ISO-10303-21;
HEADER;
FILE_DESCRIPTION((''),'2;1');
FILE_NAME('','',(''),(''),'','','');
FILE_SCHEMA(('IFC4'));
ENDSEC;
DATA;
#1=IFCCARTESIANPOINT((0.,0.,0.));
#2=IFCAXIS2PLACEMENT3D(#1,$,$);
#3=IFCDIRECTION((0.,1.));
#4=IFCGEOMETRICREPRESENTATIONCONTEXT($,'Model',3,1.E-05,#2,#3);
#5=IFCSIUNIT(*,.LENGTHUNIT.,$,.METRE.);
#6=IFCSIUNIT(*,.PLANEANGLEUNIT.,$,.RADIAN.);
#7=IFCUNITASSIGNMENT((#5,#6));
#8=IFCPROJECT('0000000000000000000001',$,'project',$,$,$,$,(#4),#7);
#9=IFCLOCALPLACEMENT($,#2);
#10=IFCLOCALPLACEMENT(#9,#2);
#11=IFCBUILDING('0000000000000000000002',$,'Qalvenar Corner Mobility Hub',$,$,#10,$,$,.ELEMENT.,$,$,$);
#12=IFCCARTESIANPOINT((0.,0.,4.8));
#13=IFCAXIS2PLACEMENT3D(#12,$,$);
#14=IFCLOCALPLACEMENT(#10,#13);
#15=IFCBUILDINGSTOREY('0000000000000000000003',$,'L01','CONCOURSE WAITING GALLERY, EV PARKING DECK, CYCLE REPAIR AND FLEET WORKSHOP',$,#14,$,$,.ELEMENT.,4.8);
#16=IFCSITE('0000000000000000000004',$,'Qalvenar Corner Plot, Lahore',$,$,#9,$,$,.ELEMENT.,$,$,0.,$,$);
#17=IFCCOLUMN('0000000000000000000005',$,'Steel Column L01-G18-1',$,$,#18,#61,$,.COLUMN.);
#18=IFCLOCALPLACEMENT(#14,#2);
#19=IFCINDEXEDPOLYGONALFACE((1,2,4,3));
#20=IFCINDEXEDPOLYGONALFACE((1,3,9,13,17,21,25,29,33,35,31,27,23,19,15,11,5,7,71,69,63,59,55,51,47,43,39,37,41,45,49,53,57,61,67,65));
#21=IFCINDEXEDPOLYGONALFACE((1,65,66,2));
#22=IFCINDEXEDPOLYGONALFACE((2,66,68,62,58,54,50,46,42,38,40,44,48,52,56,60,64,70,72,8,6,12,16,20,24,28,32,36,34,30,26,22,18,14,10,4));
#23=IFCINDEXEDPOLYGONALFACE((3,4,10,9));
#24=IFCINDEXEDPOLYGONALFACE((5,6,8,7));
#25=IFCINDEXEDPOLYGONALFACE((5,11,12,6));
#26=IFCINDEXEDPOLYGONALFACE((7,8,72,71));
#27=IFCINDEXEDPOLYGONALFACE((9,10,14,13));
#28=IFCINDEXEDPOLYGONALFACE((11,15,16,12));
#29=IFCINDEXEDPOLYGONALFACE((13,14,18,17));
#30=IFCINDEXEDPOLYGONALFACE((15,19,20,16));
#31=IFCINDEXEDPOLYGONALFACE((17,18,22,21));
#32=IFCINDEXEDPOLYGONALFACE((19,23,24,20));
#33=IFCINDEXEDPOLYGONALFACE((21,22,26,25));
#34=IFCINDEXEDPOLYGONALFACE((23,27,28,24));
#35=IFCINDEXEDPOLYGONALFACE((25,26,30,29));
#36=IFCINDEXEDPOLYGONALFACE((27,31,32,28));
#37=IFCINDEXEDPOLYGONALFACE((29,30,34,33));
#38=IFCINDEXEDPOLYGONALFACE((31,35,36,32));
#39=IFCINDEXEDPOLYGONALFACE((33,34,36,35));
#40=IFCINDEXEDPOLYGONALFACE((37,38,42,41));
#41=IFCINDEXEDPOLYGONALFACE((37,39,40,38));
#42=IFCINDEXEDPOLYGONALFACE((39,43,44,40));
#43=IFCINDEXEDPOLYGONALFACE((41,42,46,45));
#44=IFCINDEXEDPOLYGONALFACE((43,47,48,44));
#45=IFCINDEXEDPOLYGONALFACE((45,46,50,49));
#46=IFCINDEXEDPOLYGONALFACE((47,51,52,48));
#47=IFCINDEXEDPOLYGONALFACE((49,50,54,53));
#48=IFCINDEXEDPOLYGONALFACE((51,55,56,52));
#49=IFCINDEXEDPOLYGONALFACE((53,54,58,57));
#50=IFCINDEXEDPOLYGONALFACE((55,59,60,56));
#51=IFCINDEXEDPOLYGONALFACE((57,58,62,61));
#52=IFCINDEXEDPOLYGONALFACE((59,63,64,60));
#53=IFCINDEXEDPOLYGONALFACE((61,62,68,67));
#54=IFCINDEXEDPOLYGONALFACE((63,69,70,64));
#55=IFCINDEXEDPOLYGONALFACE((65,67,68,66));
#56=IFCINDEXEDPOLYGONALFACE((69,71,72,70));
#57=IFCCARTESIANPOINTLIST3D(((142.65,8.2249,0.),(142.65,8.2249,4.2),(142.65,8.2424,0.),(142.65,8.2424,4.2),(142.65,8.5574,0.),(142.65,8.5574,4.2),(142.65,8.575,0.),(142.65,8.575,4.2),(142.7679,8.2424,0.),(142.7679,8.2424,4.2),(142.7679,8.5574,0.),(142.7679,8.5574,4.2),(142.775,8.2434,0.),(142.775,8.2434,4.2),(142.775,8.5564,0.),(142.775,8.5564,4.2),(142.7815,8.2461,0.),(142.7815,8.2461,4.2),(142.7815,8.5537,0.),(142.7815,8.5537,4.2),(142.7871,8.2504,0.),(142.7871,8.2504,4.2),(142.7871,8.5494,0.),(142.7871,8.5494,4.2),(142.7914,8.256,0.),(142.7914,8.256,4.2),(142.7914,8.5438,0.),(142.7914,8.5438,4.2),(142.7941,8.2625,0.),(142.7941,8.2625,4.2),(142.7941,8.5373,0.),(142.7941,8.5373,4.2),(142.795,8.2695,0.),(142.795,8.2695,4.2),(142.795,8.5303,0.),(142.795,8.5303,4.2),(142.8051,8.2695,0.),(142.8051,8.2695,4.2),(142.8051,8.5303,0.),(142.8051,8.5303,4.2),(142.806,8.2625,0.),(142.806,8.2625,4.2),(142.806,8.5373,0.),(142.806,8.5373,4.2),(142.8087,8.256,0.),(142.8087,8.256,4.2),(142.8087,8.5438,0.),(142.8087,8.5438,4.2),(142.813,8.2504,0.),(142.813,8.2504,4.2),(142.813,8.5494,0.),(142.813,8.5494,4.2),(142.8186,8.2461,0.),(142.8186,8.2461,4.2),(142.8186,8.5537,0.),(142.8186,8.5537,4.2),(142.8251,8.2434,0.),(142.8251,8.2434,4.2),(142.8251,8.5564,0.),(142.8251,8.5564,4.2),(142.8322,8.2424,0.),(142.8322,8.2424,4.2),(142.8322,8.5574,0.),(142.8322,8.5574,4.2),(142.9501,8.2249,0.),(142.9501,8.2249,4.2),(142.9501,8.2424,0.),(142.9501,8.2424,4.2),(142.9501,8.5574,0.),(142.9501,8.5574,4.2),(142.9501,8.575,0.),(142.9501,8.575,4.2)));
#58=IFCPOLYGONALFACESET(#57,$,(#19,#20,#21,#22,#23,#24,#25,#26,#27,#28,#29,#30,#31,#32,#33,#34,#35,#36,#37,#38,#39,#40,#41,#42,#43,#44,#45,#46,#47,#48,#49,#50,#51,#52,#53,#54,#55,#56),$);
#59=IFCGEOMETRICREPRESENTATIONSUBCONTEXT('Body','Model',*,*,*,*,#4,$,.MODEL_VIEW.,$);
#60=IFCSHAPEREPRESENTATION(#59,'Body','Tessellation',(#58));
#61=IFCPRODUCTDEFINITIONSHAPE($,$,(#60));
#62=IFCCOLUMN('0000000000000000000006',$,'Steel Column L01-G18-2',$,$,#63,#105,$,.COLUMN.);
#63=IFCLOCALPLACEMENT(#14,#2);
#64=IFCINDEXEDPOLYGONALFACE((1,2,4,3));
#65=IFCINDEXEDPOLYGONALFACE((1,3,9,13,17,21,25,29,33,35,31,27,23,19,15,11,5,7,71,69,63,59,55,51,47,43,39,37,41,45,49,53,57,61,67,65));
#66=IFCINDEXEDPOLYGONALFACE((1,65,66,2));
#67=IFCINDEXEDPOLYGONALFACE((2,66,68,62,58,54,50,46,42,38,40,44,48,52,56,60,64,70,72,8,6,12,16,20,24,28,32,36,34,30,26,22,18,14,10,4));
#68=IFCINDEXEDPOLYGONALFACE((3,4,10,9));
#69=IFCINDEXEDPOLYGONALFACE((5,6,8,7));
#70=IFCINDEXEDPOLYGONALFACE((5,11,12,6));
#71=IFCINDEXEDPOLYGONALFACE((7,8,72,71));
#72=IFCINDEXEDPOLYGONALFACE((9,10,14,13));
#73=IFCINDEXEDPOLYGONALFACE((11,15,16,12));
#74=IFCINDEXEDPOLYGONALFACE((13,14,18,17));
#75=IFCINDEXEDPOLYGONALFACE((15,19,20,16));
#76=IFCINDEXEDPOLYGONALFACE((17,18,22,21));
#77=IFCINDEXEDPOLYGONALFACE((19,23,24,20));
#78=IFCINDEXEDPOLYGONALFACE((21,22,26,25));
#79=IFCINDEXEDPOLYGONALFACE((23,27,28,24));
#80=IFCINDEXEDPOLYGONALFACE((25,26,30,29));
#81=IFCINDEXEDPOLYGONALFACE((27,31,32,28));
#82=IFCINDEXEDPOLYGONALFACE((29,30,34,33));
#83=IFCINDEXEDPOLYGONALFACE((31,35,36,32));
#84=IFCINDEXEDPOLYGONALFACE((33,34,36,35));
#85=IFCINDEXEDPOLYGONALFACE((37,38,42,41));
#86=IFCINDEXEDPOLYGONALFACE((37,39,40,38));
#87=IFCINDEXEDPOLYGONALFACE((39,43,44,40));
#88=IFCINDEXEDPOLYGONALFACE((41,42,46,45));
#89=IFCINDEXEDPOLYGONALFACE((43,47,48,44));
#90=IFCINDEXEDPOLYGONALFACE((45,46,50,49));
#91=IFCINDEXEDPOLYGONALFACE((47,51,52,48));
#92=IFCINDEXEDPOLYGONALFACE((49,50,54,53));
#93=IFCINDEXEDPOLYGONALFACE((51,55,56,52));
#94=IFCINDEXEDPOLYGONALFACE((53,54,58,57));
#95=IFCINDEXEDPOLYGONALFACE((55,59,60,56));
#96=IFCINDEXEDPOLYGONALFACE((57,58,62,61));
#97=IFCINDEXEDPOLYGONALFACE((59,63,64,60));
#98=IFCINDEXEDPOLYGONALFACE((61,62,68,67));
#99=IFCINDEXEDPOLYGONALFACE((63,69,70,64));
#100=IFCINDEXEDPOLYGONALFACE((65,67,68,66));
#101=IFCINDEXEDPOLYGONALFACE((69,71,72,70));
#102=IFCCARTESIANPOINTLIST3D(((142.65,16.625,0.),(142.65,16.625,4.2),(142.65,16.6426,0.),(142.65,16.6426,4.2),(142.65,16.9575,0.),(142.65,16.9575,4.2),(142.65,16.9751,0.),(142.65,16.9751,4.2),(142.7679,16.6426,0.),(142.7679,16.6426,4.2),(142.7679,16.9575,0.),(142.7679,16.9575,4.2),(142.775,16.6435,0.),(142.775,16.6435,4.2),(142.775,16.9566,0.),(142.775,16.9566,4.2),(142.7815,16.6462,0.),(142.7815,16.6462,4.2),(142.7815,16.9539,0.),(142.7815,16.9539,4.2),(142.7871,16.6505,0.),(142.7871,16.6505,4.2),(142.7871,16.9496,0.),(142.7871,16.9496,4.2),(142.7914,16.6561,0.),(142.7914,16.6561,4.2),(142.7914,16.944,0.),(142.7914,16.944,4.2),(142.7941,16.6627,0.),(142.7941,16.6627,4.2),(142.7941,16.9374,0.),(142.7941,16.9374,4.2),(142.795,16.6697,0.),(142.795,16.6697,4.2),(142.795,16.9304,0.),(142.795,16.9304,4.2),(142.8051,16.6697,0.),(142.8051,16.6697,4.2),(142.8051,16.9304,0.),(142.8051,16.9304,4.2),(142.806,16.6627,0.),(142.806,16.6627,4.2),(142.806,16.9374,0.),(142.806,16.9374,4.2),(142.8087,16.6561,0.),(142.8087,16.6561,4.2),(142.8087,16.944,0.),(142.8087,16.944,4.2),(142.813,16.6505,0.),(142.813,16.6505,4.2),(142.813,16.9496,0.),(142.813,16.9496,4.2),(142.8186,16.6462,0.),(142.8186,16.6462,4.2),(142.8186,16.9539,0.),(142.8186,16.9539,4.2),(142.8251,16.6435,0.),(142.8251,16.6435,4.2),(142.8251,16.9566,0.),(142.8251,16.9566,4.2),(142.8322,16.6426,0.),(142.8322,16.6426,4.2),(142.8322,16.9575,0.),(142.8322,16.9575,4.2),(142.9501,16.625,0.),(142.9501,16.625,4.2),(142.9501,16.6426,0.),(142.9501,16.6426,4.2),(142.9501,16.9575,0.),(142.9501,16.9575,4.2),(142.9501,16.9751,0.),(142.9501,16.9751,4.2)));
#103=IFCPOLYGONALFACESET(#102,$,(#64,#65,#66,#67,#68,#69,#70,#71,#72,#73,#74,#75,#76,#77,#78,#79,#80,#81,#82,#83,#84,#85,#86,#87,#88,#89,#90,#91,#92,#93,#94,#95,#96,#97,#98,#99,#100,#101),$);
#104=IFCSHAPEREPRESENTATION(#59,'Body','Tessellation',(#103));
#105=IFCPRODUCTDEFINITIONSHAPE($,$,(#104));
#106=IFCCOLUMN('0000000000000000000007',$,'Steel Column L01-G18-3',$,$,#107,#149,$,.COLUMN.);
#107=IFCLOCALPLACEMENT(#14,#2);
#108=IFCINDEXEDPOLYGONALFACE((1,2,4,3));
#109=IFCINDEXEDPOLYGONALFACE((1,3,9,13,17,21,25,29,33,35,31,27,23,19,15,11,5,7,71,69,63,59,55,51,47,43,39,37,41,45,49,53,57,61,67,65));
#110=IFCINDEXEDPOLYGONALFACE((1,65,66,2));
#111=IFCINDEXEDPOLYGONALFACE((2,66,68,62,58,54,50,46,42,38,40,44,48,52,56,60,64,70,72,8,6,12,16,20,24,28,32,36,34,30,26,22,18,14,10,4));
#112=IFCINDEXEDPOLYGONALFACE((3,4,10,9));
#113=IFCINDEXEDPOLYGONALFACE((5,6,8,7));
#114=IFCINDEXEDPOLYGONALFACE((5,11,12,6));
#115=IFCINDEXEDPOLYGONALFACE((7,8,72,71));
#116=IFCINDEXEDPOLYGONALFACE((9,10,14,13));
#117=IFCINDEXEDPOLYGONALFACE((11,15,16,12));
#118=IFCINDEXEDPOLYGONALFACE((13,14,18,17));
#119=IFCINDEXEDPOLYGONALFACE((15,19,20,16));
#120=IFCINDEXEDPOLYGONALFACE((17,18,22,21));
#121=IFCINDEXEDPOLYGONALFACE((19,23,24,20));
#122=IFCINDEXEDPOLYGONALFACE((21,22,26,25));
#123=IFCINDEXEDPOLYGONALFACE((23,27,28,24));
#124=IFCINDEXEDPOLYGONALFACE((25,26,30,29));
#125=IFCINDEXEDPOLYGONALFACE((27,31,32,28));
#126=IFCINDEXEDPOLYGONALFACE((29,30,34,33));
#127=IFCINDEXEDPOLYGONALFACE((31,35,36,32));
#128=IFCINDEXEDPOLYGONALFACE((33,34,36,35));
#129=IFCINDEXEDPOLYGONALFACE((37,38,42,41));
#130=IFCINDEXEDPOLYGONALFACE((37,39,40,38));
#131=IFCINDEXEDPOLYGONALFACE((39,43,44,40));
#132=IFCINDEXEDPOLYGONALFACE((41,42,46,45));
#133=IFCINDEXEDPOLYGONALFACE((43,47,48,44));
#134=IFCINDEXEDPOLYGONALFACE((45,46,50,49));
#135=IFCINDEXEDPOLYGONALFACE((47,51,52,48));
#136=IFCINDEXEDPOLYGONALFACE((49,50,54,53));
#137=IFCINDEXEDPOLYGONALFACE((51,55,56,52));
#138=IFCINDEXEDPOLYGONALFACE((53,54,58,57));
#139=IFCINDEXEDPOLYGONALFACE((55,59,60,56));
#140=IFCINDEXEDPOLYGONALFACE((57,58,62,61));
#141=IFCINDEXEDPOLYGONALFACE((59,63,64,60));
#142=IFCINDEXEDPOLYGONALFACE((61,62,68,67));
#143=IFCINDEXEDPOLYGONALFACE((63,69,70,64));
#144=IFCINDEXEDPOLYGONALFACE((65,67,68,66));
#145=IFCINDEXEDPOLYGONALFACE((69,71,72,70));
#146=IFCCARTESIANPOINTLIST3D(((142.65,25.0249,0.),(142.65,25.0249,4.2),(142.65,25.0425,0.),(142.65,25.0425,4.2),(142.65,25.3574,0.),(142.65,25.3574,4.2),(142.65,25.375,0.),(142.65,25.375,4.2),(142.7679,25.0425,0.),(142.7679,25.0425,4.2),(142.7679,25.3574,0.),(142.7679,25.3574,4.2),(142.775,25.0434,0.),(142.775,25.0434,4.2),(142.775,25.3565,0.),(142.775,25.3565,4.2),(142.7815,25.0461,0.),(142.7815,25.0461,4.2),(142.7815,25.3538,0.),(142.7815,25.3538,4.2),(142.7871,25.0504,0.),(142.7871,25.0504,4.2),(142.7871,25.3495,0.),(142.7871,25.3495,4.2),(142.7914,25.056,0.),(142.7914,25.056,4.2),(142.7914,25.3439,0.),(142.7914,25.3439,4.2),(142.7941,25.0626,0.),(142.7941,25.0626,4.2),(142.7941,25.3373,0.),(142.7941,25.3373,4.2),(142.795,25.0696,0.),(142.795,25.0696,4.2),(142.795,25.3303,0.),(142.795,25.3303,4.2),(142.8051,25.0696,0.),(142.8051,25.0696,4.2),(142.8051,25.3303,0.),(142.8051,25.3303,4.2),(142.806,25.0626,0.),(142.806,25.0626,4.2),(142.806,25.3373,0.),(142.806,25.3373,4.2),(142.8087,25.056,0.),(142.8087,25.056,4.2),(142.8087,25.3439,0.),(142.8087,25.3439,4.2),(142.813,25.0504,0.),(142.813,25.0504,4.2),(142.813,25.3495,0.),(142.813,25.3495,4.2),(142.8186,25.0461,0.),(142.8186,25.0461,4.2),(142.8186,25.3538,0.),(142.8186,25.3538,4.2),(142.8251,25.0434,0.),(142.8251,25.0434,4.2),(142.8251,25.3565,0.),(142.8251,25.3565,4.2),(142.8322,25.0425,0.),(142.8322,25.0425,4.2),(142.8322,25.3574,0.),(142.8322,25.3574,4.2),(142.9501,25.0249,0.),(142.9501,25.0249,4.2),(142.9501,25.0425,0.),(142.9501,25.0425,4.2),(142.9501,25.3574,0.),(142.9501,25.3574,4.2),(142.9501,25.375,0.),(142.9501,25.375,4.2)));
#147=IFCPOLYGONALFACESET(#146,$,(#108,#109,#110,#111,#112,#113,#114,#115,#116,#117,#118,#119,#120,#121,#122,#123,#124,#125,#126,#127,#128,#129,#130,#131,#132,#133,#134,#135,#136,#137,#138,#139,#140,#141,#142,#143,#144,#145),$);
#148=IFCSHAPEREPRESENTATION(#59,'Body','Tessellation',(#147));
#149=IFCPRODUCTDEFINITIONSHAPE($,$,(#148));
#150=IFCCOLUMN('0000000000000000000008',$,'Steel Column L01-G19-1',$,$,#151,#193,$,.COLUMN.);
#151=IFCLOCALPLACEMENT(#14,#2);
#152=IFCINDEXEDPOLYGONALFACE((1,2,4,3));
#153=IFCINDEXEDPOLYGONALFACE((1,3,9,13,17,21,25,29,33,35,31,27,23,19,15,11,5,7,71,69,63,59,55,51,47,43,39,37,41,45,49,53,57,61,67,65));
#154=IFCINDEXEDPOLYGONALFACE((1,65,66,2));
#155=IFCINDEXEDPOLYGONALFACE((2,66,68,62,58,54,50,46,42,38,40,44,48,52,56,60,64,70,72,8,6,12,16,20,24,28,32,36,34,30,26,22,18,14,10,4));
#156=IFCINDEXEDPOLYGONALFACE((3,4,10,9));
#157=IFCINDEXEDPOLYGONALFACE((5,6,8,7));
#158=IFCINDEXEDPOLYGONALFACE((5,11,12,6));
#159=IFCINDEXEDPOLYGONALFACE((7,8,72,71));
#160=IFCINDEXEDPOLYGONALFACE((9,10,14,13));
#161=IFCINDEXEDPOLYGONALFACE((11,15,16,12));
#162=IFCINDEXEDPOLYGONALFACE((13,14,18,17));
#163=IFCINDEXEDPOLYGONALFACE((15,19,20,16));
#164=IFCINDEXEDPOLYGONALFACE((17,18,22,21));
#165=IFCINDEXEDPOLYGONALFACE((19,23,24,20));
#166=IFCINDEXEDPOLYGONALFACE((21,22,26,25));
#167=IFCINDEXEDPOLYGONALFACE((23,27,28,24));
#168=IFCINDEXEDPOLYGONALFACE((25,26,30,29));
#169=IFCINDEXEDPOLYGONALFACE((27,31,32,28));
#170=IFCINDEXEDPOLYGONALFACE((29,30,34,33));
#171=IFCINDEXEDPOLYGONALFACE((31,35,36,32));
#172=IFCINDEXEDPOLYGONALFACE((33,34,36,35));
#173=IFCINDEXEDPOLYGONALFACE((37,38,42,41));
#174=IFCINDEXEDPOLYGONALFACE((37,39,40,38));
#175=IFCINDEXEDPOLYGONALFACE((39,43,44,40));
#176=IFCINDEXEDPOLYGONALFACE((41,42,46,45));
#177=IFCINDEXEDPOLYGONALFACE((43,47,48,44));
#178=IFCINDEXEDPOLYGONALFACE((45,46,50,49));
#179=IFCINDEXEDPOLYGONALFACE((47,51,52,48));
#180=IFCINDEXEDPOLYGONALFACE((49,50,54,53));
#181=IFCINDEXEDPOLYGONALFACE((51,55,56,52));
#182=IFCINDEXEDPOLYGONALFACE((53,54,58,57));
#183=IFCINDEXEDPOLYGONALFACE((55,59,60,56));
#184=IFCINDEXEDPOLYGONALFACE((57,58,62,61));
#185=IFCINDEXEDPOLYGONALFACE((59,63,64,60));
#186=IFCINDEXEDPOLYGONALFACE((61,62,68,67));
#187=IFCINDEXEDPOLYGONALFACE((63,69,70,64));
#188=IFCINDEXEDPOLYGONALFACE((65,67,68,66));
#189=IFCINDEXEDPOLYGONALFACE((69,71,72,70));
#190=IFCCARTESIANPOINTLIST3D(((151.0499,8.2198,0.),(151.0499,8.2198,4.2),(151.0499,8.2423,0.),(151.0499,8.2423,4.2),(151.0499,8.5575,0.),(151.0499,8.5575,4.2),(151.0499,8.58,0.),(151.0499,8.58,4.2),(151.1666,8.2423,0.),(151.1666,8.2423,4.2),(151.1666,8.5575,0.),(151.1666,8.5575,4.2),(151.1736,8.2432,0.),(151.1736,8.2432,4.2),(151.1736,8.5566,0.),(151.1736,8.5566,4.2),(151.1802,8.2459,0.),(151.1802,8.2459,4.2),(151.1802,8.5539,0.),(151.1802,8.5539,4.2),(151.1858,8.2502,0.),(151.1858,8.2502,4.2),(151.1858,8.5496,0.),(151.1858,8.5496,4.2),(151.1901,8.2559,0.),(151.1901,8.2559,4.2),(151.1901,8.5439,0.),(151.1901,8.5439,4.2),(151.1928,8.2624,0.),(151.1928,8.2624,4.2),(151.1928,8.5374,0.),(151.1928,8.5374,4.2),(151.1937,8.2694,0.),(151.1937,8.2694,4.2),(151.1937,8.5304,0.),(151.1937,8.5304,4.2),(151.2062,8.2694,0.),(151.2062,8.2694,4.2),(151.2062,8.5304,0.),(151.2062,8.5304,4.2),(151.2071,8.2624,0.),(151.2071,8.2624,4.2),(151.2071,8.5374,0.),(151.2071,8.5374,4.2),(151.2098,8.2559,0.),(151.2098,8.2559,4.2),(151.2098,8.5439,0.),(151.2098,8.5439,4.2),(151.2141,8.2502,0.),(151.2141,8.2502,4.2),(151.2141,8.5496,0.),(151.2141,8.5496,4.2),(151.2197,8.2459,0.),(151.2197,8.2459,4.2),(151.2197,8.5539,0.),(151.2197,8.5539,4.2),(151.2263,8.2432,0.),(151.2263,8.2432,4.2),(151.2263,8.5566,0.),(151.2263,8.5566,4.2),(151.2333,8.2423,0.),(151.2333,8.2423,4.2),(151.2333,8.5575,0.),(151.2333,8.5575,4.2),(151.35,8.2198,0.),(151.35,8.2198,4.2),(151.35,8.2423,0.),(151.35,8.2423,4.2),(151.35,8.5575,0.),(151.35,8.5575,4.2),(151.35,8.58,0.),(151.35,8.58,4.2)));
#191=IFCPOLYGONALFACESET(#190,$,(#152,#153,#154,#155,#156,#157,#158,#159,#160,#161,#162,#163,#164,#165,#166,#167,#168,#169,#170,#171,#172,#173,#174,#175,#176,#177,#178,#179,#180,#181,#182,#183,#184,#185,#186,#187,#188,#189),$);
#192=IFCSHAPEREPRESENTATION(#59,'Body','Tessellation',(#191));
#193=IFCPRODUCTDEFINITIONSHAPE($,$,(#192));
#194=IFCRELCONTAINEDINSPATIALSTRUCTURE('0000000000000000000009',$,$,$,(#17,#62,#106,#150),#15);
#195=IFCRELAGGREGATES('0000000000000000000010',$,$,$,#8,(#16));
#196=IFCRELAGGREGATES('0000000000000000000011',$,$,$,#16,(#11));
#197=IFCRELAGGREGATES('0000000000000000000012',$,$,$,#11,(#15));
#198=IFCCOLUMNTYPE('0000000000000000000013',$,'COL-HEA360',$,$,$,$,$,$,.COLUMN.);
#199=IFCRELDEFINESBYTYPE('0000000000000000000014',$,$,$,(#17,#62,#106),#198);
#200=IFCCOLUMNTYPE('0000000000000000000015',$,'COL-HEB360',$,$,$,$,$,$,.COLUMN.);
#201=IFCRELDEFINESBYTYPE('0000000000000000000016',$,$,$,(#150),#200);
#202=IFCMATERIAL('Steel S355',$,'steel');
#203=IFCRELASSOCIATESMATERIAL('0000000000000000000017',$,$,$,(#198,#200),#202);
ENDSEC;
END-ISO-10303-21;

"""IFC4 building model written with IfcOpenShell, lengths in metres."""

from ifc_helpers import new_model, si_unit, direction, frame, origin, origin_2d, place, context, subcontext, project, spatial, i_section, extrude, material, material_profile, profile_set, type_object, element, save


model = new_model("IFC4")

# Units and contexts
model_context = context("Model", 3, precision=1e-05, world=origin(), true_north=direction((0.0, 1.0)))
body_context = subcontext(model_context, "Body", "Model", "MODEL_VIEW")
ifc_project = project(units=[si_unit("LENGTHUNIT", "METRE"), si_unit("PLANEANGLEUNIT", "RADIAN")], contexts=[model_context])

# Site, building, storey
site_placement = place(None, origin())
site = spatial("IfcSite", under=ifc_project, at=site_placement, Name="Qalvenar Corner Plot, Lahore", CompositionType="ELEMENT", RefElevation=0.0)
building_placement = place(site_placement, origin())
building = spatial("IfcBuilding", under=site, at=building_placement, Name="Qalvenar Corner Mobility Hub", CompositionType="ELEMENT")
storey_placement = place(building_placement, frame((0.0, 0.0, 4.8)))
storey = spatial("IfcBuildingStorey", under=building, at=storey_placement, Name="L01", Description="CONCOURSE WAITING GALLERY, EV PARKING DECK, CYCLE REPAIR AND FLEET WORKSHOP", CompositionType="ELEMENT", Elevation=4.8)

# Columns
ifc_material_1 = material(Name="Steel S355", Category="steel")
ifc_material_profile_1 = material_profile(ifc_material_1, i_section(OverallWidth=0.3, OverallDepth=0.3501, WebThickness=0.01, FlangeThickness=0.0176, FilletRadius=0.0271, at=origin_2d()), Name="HEA360")
ifc_profile_set_1 = profile_set([ifc_material_profile_1], Name="Steel S355")
column_type_1 = type_object("IfcColumnType", Name="COL-HEA360", PredefinedType="COLUMN", material=ifc_profile_set_1)
for number, where, z_axis, x_axis, name in (
    (1, (142.8, 8.3999, 0.0), (0.0, 0.0, 1.0), (1.0, 0.0, 0.0), "Steel Column L01-G18-1"),
    (2, (142.8, 16.8, 0.0), (0.0, 0.0, 1.0), (1.0, 0.0, 0.0), "Steel Column L01-G18-2"),
    (3, (142.8, 25.2, 0.0), (0.0, 0.0, 1.0), (1.0, 0.0, 0.0), "Steel Column L01-G18-3"),
):
    element("IfcColumn", number, at=place(storey_placement, frame(where, z_axis=z_axis, x_axis=x_axis)), inside=storey, type_object=column_type_1, Name=name, PredefinedType="COLUMN", context=body_context, shape_type="SweptSolid", body=[
        extrude(i_section(OverallWidth=0.3, OverallDepth=0.3501, WebThickness=0.01, FlangeThickness=0.0176, FilletRadius=0.0271, at=origin_2d()), origin(), (0.0, 0.0, 1.0), 4.2),
    ])
ifc_material_profile_2 = material_profile(ifc_material_1, i_section(OverallWidth=0.3, OverallDepth=0.3601, WebThickness=0.0125, FlangeThickness=0.0225, FilletRadius=0.0271, at=origin_2d()), Name="HEB360")
ifc_profile_set_2 = profile_set([ifc_material_profile_2], Name="Steel S355")
column_type_2 = type_object("IfcColumnType", Name="COL-HEB360", PredefinedType="COLUMN", material=ifc_profile_set_2)
for number, where, z_axis, x_axis, name in (
    (4, (151.2, 8.3999, 0.0), (0.0, 0.0, 1.0), (1.0, 0.0, 0.0), "Steel Column L01-G19-1"),
):
    element("IfcColumn", number, at=place(storey_placement, frame(where, z_axis=z_axis, x_axis=x_axis)), inside=storey, type_object=column_type_2, Name=name, PredefinedType="COLUMN", context=body_context, shape_type="SweptSolid", body=[
        extrude(i_section(OverallWidth=0.3, OverallDepth=0.3601, WebThickness=0.0125, FlangeThickness=0.0225, FilletRadius=0.0271, at=origin_2d()), origin(), (0.0, 0.0, 1.0), 4.2),
    ])

save(model, "model.ifc")
